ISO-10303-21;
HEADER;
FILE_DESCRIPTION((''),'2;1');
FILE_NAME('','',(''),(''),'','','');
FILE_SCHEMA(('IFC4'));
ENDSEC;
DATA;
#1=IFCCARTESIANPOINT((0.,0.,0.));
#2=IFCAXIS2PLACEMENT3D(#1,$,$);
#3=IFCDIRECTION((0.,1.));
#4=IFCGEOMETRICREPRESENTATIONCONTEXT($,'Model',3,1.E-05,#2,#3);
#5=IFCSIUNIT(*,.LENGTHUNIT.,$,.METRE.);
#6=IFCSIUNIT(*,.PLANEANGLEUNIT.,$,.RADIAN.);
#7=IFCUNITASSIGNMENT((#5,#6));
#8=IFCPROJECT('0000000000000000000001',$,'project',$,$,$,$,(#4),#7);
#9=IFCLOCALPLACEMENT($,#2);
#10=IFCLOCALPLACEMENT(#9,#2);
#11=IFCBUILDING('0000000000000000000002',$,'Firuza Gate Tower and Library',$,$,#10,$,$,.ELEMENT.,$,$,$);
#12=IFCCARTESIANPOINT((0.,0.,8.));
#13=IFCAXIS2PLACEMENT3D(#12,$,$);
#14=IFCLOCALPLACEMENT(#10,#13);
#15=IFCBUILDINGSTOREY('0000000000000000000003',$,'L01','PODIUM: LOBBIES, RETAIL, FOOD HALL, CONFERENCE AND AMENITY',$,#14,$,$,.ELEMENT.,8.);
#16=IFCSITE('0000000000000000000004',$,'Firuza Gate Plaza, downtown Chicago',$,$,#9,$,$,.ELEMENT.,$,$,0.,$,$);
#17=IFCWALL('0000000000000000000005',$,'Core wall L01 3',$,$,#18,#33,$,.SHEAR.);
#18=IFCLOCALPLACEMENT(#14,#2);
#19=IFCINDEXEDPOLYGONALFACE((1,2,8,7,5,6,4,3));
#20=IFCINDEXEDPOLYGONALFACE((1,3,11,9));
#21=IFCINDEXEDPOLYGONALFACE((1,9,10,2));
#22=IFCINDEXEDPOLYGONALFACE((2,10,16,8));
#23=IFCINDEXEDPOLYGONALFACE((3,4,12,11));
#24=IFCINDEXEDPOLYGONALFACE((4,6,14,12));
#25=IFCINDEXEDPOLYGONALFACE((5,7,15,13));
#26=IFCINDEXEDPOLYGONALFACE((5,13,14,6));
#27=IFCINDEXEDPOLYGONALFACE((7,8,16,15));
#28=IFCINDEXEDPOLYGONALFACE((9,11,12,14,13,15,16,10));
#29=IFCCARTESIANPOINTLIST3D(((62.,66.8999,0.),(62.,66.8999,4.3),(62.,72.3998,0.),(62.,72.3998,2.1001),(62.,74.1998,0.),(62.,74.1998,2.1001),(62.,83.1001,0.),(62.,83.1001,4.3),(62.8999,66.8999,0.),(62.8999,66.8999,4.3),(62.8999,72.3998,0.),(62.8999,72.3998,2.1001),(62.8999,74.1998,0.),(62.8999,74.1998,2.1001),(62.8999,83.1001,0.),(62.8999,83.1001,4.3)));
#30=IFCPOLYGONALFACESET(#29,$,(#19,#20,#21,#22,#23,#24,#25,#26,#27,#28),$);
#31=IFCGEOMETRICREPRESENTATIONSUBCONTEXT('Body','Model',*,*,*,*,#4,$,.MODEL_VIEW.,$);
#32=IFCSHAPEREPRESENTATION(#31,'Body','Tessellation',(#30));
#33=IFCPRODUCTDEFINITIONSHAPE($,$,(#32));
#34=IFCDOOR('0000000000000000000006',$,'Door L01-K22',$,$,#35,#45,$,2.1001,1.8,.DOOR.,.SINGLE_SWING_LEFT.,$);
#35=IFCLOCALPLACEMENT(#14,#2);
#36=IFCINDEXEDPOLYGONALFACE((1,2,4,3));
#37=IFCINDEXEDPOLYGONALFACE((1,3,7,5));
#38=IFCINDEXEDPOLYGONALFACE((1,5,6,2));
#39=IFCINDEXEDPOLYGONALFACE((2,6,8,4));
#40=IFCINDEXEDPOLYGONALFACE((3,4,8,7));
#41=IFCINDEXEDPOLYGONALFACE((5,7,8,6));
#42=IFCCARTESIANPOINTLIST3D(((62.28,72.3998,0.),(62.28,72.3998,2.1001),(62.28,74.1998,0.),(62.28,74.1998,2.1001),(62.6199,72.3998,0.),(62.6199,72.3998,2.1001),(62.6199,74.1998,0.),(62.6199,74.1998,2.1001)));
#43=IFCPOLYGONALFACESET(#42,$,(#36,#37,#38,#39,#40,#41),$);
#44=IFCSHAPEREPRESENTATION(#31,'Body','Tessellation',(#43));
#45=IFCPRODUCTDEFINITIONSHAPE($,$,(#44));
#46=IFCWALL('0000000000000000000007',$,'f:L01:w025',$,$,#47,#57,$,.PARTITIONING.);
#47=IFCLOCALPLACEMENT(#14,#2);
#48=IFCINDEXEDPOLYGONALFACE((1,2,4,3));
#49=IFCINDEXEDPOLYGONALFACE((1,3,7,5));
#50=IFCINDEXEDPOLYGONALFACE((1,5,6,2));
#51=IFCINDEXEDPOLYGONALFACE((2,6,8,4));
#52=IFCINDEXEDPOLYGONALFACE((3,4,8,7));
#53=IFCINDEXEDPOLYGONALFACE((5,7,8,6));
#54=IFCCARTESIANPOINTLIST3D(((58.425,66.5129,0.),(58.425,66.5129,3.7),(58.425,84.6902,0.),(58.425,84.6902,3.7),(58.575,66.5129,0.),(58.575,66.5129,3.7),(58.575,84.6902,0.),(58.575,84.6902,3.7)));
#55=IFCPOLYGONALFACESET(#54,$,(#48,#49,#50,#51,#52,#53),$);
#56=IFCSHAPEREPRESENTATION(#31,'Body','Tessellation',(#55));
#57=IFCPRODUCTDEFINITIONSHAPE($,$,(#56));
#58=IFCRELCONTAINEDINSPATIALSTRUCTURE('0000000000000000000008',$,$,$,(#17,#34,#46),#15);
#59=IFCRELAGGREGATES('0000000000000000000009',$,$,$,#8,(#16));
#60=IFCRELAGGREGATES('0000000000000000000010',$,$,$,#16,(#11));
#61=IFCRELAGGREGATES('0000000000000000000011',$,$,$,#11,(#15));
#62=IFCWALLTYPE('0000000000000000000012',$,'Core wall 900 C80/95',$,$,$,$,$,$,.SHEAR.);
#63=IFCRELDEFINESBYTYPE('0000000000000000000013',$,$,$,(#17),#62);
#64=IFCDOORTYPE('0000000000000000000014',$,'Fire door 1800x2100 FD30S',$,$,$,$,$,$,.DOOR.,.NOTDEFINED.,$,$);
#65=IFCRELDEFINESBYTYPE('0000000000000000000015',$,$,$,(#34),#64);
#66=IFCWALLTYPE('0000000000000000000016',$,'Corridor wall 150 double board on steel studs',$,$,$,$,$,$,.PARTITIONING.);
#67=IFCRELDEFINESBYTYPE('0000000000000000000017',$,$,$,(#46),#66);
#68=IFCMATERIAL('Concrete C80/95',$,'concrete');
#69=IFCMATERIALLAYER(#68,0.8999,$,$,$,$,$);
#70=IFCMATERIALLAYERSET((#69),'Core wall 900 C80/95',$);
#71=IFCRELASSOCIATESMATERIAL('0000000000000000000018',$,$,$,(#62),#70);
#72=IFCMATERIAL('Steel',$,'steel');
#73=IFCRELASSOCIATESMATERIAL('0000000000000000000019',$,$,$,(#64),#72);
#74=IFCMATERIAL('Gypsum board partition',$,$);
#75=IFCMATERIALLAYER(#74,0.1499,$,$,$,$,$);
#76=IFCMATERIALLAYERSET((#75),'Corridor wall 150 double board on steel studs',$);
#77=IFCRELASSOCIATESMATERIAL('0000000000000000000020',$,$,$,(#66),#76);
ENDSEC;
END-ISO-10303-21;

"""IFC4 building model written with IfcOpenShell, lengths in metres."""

from ifc_helpers import new_model, si_unit, direction, frame, frame_2d, origin, place, context, subcontext, project, spatial, rectangle, extrude, material, layer, layer_set, type_object, element, fill, save


model = new_model("IFC4")

# Units and contexts
model_context = context("Model", 3, precision=1e-05, world=origin(), true_north=direction((0.0, 1.0)))
body_context = subcontext(model_context, "Body", "Model", "MODEL_VIEW")
ifc_project = project(units=[si_unit("LENGTHUNIT", "METRE"), si_unit("PLANEANGLEUNIT", "RADIAN")], contexts=[model_context])

# Site, building, storey
site_placement = place(None, origin())
site = spatial("IfcSite", under=ifc_project, at=site_placement, Name="Firuza Gate Plaza, downtown Chicago", CompositionType="ELEMENT", RefElevation=0.0)
building_placement = place(site_placement, origin())
building = spatial("IfcBuilding", under=site, at=building_placement, Name="Firuza Gate Tower and Library", CompositionType="ELEMENT")
storey_placement = place(building_placement, frame((0.0, 0.0, 8.0)))
storey = spatial("IfcBuildingStorey", under=building, at=storey_placement, Name="L01", Description="PODIUM: LOBBIES, RETAIL, FOOD HALL, CONFERENCE AND AMENITY", CompositionType="ELEMENT", Elevation=8.0)

# Shared definitions
ifc_material_1 = material(Name="Concrete C80/95", Category="concrete")
ifc_layer_1 = layer(ifc_material_1, 0.8999)
ifc_layer_set_1 = layer_set([ifc_layer_1], Name="Core wall 900 C80/95")
wall_type_1 = type_object("IfcWallType", Name="Core wall 900 C80/95", PredefinedType="SHEAR", material=ifc_layer_set_1)

# Wall, opening, door
wall_1_placement = place(storey_placement, frame((62.45, 66.8999, 0.0), z_axis=(0.0, 0.0, 1.0), x_axis=(0.0, 1.0, 0.0)))
wall_1 = element("IfcWall", 1, at=wall_1_placement, inside=storey, type_object=wall_type_1, Name="Core wall L01 3", PredefinedType="SHEAR", context=body_context, shape_type="SweptSolid", body=[
    extrude(rectangle(XDim=16.2002, YDim=0.8999, at=frame_2d((8.1001, 0.0))), origin(), (0.0, 0.0, 1.0), 4.3),
])
opening_1_placement = place(wall_1_placement, frame((5.5, 0.0, 0.0)))
opening_1 = element("IfcOpeningElement", 2, at=opening_1_placement, cuts=wall_1, PredefinedType="OPENING", context=body_context, shape_type="SweptSolid", body=[
    extrude(rectangle(XDim=1.8, YDim=2.1001, at=frame_2d((0.8999, 1.05))), frame((0.0, 0.46, 0.0), z_axis=(0.0, -1.0, 0.0), x_axis=(1.0, 0.0, 0.0)), (0.0, 0.0, 1.0), 0.9199),
])
ifc_material_2 = material(Name="Steel", Category="steel")
door_type_1 = type_object("IfcDoorType", Name="Fire door 1800x2100 FD30S", OperationType="NOTDEFINED", PredefinedType="DOOR", material=ifc_material_2)
door_1_placement = place(opening_1_placement, origin())
door_1 = element("IfcDoor", 3, at=door_1_placement, inside=storey, type_object=door_type_1, Name="Door L01-K22", OperationType="SINGLE_SWING_LEFT", OverallHeight=2.1001, OverallWidth=1.8, PredefinedType="DOOR", context=body_context, shape_type="SweptSolid", body=[
    extrude(rectangle(XDim=1.8, YDim=2.1001, at=frame_2d((0.8999, 1.05))), frame((0.0, 0.1699, 0.0), z_axis=(0.0, -1.0, 0.0), x_axis=(1.0, 0.0, 0.0)), (0.0, 0.0, 1.0), 0.3398),
])
fill(opening_1, door_1)

# Wall
ifc_material_3 = material(Name="Gypsum board partition")
ifc_layer_2 = layer(ifc_material_3, 0.1499)
ifc_layer_set_2 = layer_set([ifc_layer_2], Name="Corridor wall 150 double board on steel studs")
wall_type_2 = type_object("IfcWallType", Name="Corridor wall 150 double board on steel studs", PredefinedType="PARTITIONING", material=ifc_layer_set_2)
wall_2_placement = place(storey_placement, frame((58.5, 66.5129, 0.0), z_axis=(0.0, 0.0, 1.0), x_axis=(0.0, 1.0, 0.0)))
element("IfcWall", 4, at=wall_2_placement, inside=storey, type_object=wall_type_2, Name="f:L01:w025", PredefinedType="PARTITIONING", context=body_context, shape_type="SweptSolid", body=[
    extrude(rectangle(XDim=18.1772, YDim=0.1499, at=frame_2d((9.0886, 0.0))), origin(), (0.0, 0.0, 1.0), 3.7),
])

save(model, "model.ifc")
